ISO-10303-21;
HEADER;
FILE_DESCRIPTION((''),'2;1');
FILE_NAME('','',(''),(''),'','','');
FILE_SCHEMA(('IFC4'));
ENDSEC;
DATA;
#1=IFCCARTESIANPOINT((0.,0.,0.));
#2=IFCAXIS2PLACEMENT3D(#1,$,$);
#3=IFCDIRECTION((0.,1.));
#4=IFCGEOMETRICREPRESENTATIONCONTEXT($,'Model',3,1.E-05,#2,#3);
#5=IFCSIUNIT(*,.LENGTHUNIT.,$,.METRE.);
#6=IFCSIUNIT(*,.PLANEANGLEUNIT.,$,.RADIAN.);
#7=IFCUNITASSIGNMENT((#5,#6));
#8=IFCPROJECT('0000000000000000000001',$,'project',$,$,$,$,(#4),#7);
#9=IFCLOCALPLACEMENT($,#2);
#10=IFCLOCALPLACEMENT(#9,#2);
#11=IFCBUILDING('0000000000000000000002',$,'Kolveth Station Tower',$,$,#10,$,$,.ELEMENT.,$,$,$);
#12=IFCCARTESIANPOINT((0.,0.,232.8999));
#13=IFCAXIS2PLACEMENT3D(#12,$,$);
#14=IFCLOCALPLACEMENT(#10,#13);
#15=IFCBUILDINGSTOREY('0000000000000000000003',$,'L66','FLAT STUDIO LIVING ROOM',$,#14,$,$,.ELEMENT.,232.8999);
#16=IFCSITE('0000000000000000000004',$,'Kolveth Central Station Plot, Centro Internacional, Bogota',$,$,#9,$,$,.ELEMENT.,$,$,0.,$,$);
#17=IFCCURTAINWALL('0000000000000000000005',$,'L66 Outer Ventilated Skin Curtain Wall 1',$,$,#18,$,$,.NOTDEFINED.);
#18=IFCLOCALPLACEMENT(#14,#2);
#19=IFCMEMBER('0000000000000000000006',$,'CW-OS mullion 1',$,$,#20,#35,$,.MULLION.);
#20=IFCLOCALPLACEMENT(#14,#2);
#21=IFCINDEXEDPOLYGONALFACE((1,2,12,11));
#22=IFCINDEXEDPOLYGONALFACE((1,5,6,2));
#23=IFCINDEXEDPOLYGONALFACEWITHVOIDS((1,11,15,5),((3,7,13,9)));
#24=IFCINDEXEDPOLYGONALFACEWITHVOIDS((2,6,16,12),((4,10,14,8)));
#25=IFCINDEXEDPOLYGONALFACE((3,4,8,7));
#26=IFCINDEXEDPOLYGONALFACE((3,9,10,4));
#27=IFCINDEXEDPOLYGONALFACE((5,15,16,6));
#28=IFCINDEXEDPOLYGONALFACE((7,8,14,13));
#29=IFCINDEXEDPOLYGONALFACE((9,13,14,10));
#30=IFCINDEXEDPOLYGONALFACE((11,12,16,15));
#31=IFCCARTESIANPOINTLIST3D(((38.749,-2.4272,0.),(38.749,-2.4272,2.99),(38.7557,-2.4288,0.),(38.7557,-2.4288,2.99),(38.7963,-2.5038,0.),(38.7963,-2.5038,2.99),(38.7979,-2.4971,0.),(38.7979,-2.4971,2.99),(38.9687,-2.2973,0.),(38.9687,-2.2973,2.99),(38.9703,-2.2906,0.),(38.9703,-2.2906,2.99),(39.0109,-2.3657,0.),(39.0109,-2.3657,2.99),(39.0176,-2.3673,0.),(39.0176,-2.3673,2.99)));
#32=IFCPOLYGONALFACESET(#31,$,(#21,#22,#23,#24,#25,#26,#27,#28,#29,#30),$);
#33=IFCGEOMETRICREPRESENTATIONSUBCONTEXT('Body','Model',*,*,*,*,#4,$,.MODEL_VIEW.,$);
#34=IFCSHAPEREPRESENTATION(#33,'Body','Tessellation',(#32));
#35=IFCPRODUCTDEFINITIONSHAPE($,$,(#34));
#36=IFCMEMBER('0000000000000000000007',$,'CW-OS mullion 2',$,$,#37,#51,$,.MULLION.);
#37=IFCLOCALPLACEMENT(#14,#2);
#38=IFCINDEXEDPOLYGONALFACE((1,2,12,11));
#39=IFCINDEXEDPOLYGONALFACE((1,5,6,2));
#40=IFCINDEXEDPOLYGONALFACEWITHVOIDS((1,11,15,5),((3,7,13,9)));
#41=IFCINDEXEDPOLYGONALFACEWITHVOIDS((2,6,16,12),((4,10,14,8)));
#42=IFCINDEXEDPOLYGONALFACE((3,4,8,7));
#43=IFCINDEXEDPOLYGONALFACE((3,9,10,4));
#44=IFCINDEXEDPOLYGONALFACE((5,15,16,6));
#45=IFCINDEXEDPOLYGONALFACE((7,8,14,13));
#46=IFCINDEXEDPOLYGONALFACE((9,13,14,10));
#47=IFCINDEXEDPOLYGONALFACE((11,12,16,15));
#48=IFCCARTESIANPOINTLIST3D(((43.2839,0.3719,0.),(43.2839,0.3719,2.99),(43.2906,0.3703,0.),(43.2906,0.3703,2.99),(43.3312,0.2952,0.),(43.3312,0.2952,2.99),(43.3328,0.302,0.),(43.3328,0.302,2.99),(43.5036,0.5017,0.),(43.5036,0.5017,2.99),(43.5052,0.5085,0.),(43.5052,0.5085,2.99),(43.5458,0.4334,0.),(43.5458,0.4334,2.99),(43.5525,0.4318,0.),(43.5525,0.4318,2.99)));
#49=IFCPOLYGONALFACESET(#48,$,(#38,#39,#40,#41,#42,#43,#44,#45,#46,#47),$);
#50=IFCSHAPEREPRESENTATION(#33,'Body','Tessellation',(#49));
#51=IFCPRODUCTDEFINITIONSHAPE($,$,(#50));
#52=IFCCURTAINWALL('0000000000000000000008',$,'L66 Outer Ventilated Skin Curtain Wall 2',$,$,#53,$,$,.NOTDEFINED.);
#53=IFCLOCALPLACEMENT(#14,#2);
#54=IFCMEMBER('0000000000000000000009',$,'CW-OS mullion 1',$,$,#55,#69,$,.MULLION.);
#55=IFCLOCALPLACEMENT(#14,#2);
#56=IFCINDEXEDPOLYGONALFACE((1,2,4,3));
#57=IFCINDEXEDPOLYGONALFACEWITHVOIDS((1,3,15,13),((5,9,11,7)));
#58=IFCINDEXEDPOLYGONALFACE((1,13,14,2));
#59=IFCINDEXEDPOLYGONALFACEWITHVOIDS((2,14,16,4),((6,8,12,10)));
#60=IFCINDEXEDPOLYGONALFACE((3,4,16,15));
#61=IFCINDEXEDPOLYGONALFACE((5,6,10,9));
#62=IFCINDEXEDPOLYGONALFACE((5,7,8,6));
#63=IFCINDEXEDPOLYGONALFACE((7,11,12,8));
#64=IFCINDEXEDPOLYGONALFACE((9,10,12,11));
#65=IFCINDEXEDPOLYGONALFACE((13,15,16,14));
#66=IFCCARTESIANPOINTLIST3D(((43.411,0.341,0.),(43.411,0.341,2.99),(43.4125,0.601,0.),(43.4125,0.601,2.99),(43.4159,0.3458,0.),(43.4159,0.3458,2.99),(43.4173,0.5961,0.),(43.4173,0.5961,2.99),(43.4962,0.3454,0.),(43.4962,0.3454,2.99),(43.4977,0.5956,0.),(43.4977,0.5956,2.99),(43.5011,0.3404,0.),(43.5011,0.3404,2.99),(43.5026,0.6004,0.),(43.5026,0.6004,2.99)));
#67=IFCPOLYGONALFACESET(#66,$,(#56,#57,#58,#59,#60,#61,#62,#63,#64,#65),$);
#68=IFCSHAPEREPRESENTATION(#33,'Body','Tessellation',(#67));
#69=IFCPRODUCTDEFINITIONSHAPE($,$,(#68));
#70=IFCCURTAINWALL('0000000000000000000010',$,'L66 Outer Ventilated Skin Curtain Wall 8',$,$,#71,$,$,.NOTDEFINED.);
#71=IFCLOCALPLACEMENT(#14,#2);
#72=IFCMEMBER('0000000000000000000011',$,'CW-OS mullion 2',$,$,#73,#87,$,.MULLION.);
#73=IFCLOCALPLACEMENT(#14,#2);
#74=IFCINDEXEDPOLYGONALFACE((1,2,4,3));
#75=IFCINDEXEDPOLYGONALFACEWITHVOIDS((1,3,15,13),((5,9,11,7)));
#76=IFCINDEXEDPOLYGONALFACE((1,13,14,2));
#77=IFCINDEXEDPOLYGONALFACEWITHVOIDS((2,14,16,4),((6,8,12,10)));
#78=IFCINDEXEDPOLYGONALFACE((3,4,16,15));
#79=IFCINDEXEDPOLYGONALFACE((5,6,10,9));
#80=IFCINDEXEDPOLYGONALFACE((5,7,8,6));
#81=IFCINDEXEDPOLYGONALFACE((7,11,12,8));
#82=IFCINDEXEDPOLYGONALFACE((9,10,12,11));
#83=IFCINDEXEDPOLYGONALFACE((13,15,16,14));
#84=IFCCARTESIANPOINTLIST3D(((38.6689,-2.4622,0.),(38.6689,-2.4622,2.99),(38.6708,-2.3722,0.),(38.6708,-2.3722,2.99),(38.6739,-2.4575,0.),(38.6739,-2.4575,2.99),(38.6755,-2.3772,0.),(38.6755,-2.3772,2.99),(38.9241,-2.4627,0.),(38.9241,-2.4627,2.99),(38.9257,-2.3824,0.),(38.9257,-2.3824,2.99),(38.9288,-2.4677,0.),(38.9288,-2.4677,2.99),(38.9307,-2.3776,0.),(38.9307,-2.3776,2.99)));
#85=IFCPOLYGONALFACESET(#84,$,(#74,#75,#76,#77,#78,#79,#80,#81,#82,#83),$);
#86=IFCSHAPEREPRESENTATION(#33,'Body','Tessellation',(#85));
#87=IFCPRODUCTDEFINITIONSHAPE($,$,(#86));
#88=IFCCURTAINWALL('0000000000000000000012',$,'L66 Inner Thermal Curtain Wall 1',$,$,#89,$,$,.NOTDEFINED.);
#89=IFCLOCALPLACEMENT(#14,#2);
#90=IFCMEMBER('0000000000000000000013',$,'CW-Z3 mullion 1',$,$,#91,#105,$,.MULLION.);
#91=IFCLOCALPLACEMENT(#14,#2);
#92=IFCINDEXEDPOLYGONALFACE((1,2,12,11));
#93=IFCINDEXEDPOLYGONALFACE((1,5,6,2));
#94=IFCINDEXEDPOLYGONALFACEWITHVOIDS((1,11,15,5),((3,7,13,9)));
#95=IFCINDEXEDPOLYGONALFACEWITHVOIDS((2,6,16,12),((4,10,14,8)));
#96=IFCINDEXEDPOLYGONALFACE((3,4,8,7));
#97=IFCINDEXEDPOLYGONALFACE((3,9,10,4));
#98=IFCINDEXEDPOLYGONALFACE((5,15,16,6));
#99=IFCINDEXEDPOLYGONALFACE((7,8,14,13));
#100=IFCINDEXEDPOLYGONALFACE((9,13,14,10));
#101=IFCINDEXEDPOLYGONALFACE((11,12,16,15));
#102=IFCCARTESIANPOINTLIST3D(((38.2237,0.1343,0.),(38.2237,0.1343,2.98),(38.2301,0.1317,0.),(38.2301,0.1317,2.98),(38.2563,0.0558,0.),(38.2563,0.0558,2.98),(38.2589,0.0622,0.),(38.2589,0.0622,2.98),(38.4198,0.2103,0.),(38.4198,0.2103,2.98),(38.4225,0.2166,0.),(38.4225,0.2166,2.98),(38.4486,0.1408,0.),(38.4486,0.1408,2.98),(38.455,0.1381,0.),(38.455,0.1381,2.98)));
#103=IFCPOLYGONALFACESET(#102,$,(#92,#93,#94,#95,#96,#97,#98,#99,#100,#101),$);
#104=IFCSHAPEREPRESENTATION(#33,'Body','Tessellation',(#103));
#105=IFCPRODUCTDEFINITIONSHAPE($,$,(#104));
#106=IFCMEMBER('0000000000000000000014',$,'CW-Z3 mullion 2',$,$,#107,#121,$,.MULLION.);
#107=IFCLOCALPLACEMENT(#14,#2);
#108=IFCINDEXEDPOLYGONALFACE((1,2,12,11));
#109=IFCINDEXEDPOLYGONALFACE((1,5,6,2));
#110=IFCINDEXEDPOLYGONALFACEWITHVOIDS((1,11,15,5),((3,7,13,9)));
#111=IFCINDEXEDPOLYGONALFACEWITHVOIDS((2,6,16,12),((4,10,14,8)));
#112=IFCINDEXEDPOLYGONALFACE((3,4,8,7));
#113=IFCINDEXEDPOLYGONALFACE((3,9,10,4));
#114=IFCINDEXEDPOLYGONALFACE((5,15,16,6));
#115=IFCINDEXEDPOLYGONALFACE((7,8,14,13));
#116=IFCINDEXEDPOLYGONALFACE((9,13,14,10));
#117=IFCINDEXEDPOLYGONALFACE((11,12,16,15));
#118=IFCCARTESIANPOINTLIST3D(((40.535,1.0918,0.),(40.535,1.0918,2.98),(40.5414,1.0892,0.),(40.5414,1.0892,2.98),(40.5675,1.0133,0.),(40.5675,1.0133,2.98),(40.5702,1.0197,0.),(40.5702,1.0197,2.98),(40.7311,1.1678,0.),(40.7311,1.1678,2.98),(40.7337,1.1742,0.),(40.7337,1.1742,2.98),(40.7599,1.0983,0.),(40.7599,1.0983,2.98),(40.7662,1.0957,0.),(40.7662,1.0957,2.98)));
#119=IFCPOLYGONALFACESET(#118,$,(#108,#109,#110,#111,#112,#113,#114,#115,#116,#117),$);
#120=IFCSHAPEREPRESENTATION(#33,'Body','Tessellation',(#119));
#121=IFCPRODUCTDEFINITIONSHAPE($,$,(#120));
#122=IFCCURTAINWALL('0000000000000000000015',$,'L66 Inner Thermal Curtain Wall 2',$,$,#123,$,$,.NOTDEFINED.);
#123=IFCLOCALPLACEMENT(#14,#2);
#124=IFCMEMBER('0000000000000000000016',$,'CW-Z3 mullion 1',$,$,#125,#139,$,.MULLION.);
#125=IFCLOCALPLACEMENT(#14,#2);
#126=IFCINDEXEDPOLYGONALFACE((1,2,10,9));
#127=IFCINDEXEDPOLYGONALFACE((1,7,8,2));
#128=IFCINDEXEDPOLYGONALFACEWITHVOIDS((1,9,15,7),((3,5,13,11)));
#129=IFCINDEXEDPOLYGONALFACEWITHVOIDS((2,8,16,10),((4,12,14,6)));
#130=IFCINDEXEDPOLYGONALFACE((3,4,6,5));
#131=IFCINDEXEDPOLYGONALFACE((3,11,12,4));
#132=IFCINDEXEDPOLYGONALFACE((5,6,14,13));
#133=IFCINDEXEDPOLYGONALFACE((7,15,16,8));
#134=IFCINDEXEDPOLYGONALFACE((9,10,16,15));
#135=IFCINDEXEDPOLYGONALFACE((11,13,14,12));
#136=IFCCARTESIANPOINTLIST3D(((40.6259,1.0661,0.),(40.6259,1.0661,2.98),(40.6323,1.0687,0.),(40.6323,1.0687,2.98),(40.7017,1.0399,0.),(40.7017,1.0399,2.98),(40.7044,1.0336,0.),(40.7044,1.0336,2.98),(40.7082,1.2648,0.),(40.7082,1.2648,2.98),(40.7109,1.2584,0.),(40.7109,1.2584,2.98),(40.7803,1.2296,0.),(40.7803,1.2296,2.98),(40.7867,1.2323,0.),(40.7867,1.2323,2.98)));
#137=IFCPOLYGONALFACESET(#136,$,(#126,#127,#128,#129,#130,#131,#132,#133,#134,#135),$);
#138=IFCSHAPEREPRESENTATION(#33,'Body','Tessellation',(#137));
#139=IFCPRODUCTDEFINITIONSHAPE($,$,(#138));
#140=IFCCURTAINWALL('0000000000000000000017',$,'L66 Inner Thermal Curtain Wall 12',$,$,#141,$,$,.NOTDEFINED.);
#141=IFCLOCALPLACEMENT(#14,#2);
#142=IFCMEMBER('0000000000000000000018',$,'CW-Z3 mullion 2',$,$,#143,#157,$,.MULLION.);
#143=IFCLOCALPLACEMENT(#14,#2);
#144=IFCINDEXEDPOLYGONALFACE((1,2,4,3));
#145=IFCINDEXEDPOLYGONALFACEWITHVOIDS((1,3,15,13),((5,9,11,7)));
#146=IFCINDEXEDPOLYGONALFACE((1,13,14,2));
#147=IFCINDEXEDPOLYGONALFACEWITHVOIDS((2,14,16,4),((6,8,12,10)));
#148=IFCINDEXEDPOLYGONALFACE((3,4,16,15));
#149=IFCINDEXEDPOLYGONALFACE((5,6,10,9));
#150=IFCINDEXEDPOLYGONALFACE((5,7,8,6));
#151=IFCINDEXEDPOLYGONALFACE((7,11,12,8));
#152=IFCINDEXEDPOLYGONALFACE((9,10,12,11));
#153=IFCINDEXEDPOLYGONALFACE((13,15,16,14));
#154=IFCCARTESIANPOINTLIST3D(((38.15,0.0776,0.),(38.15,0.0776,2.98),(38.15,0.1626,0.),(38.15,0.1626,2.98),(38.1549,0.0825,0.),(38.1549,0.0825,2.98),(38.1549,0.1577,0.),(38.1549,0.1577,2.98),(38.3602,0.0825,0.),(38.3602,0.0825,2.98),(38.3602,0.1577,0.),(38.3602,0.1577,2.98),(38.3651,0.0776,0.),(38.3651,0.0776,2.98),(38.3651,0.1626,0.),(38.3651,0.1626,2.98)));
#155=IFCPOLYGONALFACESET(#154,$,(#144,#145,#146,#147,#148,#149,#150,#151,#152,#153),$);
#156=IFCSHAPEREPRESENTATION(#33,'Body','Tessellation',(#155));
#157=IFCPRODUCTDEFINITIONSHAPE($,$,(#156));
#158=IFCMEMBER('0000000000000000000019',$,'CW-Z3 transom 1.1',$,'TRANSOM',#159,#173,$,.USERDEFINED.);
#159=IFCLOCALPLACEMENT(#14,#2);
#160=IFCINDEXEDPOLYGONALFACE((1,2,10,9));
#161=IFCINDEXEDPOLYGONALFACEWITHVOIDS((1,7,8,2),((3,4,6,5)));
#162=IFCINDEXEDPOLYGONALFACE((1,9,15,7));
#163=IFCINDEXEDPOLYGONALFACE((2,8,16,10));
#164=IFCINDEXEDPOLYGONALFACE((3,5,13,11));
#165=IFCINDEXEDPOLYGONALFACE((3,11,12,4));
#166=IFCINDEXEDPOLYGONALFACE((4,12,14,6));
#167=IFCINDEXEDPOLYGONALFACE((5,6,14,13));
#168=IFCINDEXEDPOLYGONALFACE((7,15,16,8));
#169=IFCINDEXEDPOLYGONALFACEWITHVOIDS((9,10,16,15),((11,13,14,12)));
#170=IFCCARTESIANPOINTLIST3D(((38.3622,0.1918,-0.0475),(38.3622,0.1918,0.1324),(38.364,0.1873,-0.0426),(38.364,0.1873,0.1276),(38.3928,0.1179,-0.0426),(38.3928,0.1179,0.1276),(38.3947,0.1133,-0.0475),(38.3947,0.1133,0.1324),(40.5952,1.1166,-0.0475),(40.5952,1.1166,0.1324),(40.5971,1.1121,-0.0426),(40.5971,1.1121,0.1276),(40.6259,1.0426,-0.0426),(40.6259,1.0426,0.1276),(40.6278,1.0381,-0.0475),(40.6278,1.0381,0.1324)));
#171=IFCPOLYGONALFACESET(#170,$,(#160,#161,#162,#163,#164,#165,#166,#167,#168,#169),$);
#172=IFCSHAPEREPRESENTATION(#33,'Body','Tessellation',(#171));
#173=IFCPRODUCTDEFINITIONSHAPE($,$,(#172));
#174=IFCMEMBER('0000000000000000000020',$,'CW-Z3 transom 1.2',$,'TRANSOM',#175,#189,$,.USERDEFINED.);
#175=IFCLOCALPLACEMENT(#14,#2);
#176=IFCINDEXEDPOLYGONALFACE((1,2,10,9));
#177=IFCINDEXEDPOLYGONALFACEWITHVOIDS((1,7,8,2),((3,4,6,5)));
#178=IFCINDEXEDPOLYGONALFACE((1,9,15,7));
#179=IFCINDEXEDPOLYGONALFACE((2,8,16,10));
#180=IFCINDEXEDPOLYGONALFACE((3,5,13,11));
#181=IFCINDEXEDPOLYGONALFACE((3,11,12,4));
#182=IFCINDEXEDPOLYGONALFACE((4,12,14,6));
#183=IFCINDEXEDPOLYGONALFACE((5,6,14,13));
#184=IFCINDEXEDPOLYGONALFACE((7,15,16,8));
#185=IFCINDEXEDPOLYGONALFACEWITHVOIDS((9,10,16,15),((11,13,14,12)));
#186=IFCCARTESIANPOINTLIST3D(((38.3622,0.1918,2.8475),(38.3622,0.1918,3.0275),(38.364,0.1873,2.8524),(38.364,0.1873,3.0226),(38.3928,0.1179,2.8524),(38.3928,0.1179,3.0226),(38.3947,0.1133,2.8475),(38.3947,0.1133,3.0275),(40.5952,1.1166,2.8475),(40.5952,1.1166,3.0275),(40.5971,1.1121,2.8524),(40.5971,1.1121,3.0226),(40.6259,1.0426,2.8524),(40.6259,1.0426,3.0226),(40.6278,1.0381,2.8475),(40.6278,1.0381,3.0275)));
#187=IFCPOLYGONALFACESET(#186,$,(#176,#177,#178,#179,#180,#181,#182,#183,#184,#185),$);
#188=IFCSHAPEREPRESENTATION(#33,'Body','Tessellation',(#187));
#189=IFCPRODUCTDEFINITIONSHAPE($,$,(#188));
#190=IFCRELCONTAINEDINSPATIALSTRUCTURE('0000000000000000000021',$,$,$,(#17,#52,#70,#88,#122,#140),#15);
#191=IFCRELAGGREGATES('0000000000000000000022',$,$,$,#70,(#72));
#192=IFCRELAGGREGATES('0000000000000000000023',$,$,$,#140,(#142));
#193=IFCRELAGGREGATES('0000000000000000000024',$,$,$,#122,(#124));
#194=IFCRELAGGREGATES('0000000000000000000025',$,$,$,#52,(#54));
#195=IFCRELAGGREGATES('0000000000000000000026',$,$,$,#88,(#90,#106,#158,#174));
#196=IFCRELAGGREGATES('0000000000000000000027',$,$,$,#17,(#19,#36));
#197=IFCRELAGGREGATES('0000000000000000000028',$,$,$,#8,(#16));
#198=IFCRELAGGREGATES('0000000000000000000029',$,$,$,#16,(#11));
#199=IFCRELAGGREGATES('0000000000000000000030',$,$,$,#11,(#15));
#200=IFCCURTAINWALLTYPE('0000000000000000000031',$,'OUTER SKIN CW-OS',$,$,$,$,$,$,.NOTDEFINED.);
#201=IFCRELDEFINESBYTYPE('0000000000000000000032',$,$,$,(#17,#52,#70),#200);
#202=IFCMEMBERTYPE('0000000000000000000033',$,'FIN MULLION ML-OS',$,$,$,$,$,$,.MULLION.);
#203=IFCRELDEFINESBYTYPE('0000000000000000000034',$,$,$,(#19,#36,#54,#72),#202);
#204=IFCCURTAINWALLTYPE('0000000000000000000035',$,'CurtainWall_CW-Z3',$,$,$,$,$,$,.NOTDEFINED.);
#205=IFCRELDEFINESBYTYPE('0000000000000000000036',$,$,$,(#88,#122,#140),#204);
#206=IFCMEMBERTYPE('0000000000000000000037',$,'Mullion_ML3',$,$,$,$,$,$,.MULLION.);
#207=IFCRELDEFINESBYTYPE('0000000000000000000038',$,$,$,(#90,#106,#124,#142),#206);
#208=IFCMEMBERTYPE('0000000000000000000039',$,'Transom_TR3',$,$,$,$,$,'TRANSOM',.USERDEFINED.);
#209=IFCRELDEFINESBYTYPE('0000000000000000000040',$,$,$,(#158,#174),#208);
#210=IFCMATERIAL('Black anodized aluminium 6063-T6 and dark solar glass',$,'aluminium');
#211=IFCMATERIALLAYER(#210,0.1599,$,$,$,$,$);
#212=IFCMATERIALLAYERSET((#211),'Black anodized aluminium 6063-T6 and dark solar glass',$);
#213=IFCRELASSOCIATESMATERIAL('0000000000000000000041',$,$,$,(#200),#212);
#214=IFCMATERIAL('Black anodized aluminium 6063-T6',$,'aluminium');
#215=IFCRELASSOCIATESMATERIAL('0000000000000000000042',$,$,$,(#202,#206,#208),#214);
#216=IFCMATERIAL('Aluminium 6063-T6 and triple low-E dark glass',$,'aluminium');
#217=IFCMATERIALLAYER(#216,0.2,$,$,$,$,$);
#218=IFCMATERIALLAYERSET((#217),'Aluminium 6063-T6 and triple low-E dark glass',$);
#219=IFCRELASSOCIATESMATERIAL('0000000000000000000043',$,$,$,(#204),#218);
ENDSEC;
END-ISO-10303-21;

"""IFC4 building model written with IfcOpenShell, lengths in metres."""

from ifc_helpers import new_model, si_unit, direction, frame, origin, origin_2d, place, context, subcontext, project, spatial, hollow_rectangle, extrude, source, transform, mapped, material, layer, layer_set, material_profile, profile_set, type_object, element, aggregate, save


model = new_model("IFC4")

# Units and contexts
model_context = context("Model", 3, precision=1e-05, world=origin(), true_north=direction((0.0, 1.0)))
body_context = subcontext(model_context, "Body", "Model", "MODEL_VIEW")
ifc_project = project(units=[si_unit("LENGTHUNIT", "METRE"), si_unit("PLANEANGLEUNIT", "RADIAN")], contexts=[model_context])

# Site, building, storey
site_placement = place(None, origin())
site = spatial("IfcSite", under=ifc_project, at=site_placement, Name="Kolveth Central Station Plot, Centro Internacional, Bogota", CompositionType="ELEMENT", RefElevation=0.0)
building_placement = place(site_placement, origin())
building = spatial("IfcBuilding", under=site, at=building_placement, Name="Kolveth Station Tower", CompositionType="ELEMENT")
storey_placement = place(building_placement, frame((0.0, 0.0, 232.8999)))
storey = spatial("IfcBuildingStorey", under=building, at=storey_placement, Name="L66", Description="FLAT STUDIO LIVING ROOM", CompositionType="ELEMENT", Elevation=232.8999)

# Curtain wall, members
ifc_material_1 = material(Name="Black anodized aluminium 6063-T6 and dark solar glass", Category="aluminium")
ifc_layer_1 = layer(ifc_material_1, 0.1599)
ifc_layer_set_1 = layer_set([ifc_layer_1], Name="Black anodized aluminium 6063-T6 and dark solar glass")
curtain_wall_type_1 = type_object("IfcCurtainWallType", Name="OUTER SKIN CW-OS", PredefinedType="NOTDEFINED", material=ifc_layer_set_1)
curtain_wall_1_placement = place(storey_placement, origin())
curtain_wall_1 = element("IfcCurtainWall", 1, at=curtain_wall_1_placement, inside=storey, type_object=curtain_wall_type_1, Name="L66 Outer Ventilated Skin Curtain Wall 1", PredefinedType="NOTDEFINED")
ifc_material_2 = material(Name="Black anodized aluminium 6063-T6", Category="aluminium")
ifc_material_profile_1 = material_profile(ifc_material_2, hollow_rectangle(XDim=0.0901, YDim=0.26, WallThickness=0.0049, at=origin_2d()), Name="ALU-90x260x5")
ifc_profile_set_1 = profile_set([ifc_material_profile_1], Name="Black anodized aluminium 6063-T6")
member_type_1 = type_object("IfcMemberType", Name="FIN MULLION ML-OS", PredefinedType="MULLION", material=ifc_profile_set_1)
shared_shape_1 = source(origin(), body_context, "Body", "SweptSolid", [
    extrude(hollow_rectangle(XDim=0.0901, YDim=0.26, WallThickness=0.0049, at=origin_2d()), origin(), (0.0, 0.0, 1.0), 2.99),
])
member_1_placement = place(storey_placement, frame((38.8833, -2.3972, 0.0), z_axis=(0.0, 0.0, 1.0), x_axis=(-0.525234, 0.850958, 0.0)))
member_1 = element("IfcMember", 2, at=member_1_placement, type_object=member_type_1, Name="CW-OS mullion 1", PredefinedType="MULLION", context=body_context, shape_type="MappedRepresentation", body=[
    mapped(shared_shape_1, transform((0.0, 0.0, 0.0), x_axis=(1.0, 0.0, 0.0), y_axis=(0.0, 1.0, 0.0), z_axis=(0.0, 0.0, 1.0), scale=1.0)),
])
member_2_placement = place(storey_placement, frame((43.4182, 0.4019, 0.0), z_axis=(0.0, 0.0, 1.0), x_axis=(-0.525234, 0.850958, 0.0)))
member_2 = element("IfcMember", 3, at=member_2_placement, type_object=member_type_1, Name="CW-OS mullion 2", PredefinedType="MULLION", context=body_context, shape_type="MappedRepresentation", body=[
    mapped(shared_shape_1, transform((0.0, 0.0, 0.0), x_axis=(1.0, 0.0, 0.0), y_axis=(0.0, 1.0, 0.0), z_axis=(0.0, 0.0, 1.0), scale=1.0)),
])

# Curtain walls, members
curtain_wall_2_placement = place(storey_placement, origin())
curtain_wall_2 = element("IfcCurtainWall", 4, at=curtain_wall_2_placement, inside=storey, type_object=curtain_wall_type_1, Name="L66 Outer Ventilated Skin Curtain Wall 2", PredefinedType="NOTDEFINED")
member_3_placement = place(storey_placement, frame((43.4568, 0.4707, 0.0), z_axis=(0.0, 0.0, 1.0), x_axis=(-0.999984, 0.005711, 0.0)))
member_3 = element("IfcMember", 5, at=member_3_placement, type_object=member_type_1, Name="CW-OS mullion 1", PredefinedType="MULLION", context=body_context, shape_type="MappedRepresentation", body=[
    mapped(shared_shape_1, transform((0.0, 0.0, 0.0), x_axis=(1.0, 0.0, 0.0), y_axis=(0.0, 1.0, 0.0), z_axis=(0.0, 0.0, 1.0), scale=1.0)),
])
curtain_wall_3_placement = place(storey_placement, origin())
curtain_wall_3 = element("IfcCurtainWall", 6, at=curtain_wall_3_placement, inside=storey, type_object=curtain_wall_type_1, Name="L66 Outer Ventilated Skin Curtain Wall 8", PredefinedType="NOTDEFINED")
member_4_placement = place(storey_placement, frame((38.7998, -2.4199, 0.0), z_axis=(0.0, 0.0, 1.0), x_axis=(0.020908, 0.999781, 0.0)))
member_4 = element("IfcMember", 7, at=member_4_placement, type_object=member_type_1, Name="CW-OS mullion 2", PredefinedType="MULLION", context=body_context, shape_type="MappedRepresentation", body=[
    mapped(shared_shape_1, transform((0.0, 0.0, 0.0), x_axis=(1.0, 0.0, 0.0), y_axis=(0.0, 1.0, 0.0), z_axis=(0.0, 0.0, 1.0), scale=1.0)),
])
aggregate(curtain_wall_3, [member_4])

# Curtain wall, members
ifc_material_3 = material(Name="Aluminium 6063-T6 and triple low-E dark glass", Category="aluminium")
ifc_layer_2 = layer(ifc_material_3, 0.2)
ifc_layer_set_2 = layer_set([ifc_layer_2], Name="Aluminium 6063-T6 and triple low-E dark glass")
curtain_wall_type_2 = type_object("IfcCurtainWallType", Name="CurtainWall_CW-Z3", PredefinedType="NOTDEFINED", material=ifc_layer_set_2)
curtain_wall_4_placement = place(storey_placement, origin())
curtain_wall_4 = element("IfcCurtainWall", 8, at=curtain_wall_4_placement, inside=storey, type_object=curtain_wall_type_2, Name="L66 Inner Thermal Curtain Wall 1", PredefinedType="NOTDEFINED")
ifc_material_profile_2 = material_profile(ifc_material_2, hollow_rectangle(XDim=0.085, YDim=0.2151, WallThickness=0.0049, at=origin_2d()), Name="ALU-85x215x5")
ifc_profile_set_2 = profile_set([ifc_material_profile_2], Name="Black anodized aluminium 6063-T6")
member_type_2 = type_object("IfcMemberType", Name="Mullion_ML3", PredefinedType="MULLION", material=ifc_profile_set_2)
shared_shape_2 = source(origin(), body_context, "Body", "SweptSolid", [
    extrude(hollow_rectangle(XDim=0.085, YDim=0.2151, WallThickness=0.0049, at=origin_2d()), origin(), (0.0, 0.0, 1.0), 2.98),
])
member_5_placement = place(storey_placement, frame((38.3394, 0.1362, 0.0), z_axis=(0.0, 0.0, 1.0), x_axis=(-0.382693, 0.923875, 0.0)))
member_5 = element("IfcMember", 9, at=member_5_placement, type_object=member_type_2, Name="CW-Z3 mullion 1", PredefinedType="MULLION", context=body_context, shape_type="MappedRepresentation", body=[
    mapped(shared_shape_2, transform((0.0, 0.0, 0.0), x_axis=(1.0, 0.0, 0.0), y_axis=(0.0, 1.0, 0.0), z_axis=(0.0, 0.0, 1.0), scale=1.0)),
])
member_6_placement = place(storey_placement, frame((40.6506, 1.0938, 0.0), z_axis=(0.0, 0.0, 1.0), x_axis=(-0.382693, 0.923875, 0.0)))
member_6 = element("IfcMember", 10, at=member_6_placement, type_object=member_type_2, Name="CW-Z3 mullion 2", PredefinedType="MULLION", context=body_context, shape_type="MappedRepresentation", body=[
    mapped(shared_shape_2, transform((0.0, 0.0, 0.0), x_axis=(1.0, 0.0, 0.0), y_axis=(0.0, 1.0, 0.0), z_axis=(0.0, 0.0, 1.0), scale=1.0)),
])

# Curtain walls, members
curtain_wall_5_placement = place(storey_placement, origin())
curtain_wall_5 = element("IfcCurtainWall", 11, at=curtain_wall_5_placement, inside=storey, type_object=curtain_wall_type_2, Name="L66 Inner Thermal Curtain Wall 2", PredefinedType="NOTDEFINED")
member_7_placement = place(storey_placement, frame((40.7063, 1.1492, 0.0), z_axis=(0.0, 0.0, 1.0), x_axis=(-0.923875, 0.382693, 0.0)))
member_7 = element("IfcMember", 12, at=member_7_placement, type_object=member_type_2, Name="CW-Z3 mullion 1", PredefinedType="MULLION", context=body_context, shape_type="MappedRepresentation", body=[
    mapped(shared_shape_2, transform((0.0, 0.0, 0.0), x_axis=(1.0, 0.0, 0.0), y_axis=(0.0, 1.0, 0.0), z_axis=(0.0, 0.0, 1.0), scale=1.0)),
])
curtain_wall_6_placement = place(storey_placement, origin())
curtain_wall_6 = element("IfcCurtainWall", 13, at=curtain_wall_6_placement, inside=storey, type_object=curtain_wall_type_2, Name="L66 Inner Thermal Curtain Wall 12", PredefinedType="NOTDEFINED")
member_8_placement = place(storey_placement, frame((38.2576, 0.1201, 0.0), z_axis=(0.0, 0.0, 1.0), x_axis=(0.0, 1.0, 0.0)))
member_8 = element("IfcMember", 14, at=member_8_placement, type_object=member_type_2, Name="CW-Z3 mullion 2", PredefinedType="MULLION", context=body_context, shape_type="MappedRepresentation", body=[
    mapped(shared_shape_2, transform((0.0, 0.0, 0.0), x_axis=(1.0, 0.0, 0.0), y_axis=(0.0, 1.0, 0.0), z_axis=(0.0, 0.0, 1.0), scale=1.0)),
])
aggregate(curtain_wall_6, [member_8])

# Members
ifc_material_profile_3 = material_profile(ifc_material_2, hollow_rectangle(XDim=0.085, YDim=0.1799, WallThickness=0.0049, at=origin_2d()), Name="ALU-85x180x5")
ifc_profile_set_3 = profile_set([ifc_material_profile_3], Name="Black anodized aluminium 6063-T6")
member_type_3 = type_object("IfcMemberType", Name="Transom_TR3", ElementType="TRANSOM", PredefinedType="USERDEFINED", material=ifc_profile_set_3)
shared_shape_3 = source(origin(), body_context, "Body", "SweptSolid", [
    extrude(hollow_rectangle(XDim=0.085, YDim=0.1799, WallThickness=0.0049, at=origin_2d()), origin(), (0.0, 0.0, 1.0), 2.417),
])
member_9_placement = place(storey_placement, frame((38.3784, 0.1526, 0.0425), z_axis=(0.923909, 0.382613, 0.0), x_axis=(-0.382613, 0.923909, 0.0)))
member_9 = element("IfcMember", 15, at=member_9_placement, type_object=member_type_3, Name="CW-Z3 transom 1.1", ObjectType="TRANSOM", PredefinedType="USERDEFINED", context=body_context, shape_type="MappedRepresentation", body=[
    mapped(shared_shape_3, transform((0.0, 0.0, 0.0), x_axis=(1.0, 0.0, 0.0), y_axis=(0.0, 1.0, 0.0), z_axis=(0.0, 0.0, 1.0), scale=1.0)),
])
member_10_placement = place(storey_placement, frame((38.3784, 0.1526, 2.9375), z_axis=(0.923909, 0.382613, 0.0), x_axis=(-0.382613, 0.923909, 0.0)))
member_10 = element("IfcMember", 16, at=member_10_placement, type_object=member_type_3, Name="CW-Z3 transom 1.2", ObjectType="TRANSOM", PredefinedType="USERDEFINED", context=body_context, shape_type="MappedRepresentation", body=[
    mapped(shared_shape_3, transform((0.0, 0.0, 0.0), x_axis=(1.0, 0.0, 0.0), y_axis=(0.0, 1.0, 0.0), z_axis=(0.0, 0.0, 1.0), scale=1.0)),
])
aggregate(curtain_wall_5, [member_7])
aggregate(curtain_wall_2, [member_3])

aggregate(curtain_wall_4, [member_5, member_6, member_9, member_10])
aggregate(curtain_wall_1, [member_1, member_2])

save(model, "model.ifc")
